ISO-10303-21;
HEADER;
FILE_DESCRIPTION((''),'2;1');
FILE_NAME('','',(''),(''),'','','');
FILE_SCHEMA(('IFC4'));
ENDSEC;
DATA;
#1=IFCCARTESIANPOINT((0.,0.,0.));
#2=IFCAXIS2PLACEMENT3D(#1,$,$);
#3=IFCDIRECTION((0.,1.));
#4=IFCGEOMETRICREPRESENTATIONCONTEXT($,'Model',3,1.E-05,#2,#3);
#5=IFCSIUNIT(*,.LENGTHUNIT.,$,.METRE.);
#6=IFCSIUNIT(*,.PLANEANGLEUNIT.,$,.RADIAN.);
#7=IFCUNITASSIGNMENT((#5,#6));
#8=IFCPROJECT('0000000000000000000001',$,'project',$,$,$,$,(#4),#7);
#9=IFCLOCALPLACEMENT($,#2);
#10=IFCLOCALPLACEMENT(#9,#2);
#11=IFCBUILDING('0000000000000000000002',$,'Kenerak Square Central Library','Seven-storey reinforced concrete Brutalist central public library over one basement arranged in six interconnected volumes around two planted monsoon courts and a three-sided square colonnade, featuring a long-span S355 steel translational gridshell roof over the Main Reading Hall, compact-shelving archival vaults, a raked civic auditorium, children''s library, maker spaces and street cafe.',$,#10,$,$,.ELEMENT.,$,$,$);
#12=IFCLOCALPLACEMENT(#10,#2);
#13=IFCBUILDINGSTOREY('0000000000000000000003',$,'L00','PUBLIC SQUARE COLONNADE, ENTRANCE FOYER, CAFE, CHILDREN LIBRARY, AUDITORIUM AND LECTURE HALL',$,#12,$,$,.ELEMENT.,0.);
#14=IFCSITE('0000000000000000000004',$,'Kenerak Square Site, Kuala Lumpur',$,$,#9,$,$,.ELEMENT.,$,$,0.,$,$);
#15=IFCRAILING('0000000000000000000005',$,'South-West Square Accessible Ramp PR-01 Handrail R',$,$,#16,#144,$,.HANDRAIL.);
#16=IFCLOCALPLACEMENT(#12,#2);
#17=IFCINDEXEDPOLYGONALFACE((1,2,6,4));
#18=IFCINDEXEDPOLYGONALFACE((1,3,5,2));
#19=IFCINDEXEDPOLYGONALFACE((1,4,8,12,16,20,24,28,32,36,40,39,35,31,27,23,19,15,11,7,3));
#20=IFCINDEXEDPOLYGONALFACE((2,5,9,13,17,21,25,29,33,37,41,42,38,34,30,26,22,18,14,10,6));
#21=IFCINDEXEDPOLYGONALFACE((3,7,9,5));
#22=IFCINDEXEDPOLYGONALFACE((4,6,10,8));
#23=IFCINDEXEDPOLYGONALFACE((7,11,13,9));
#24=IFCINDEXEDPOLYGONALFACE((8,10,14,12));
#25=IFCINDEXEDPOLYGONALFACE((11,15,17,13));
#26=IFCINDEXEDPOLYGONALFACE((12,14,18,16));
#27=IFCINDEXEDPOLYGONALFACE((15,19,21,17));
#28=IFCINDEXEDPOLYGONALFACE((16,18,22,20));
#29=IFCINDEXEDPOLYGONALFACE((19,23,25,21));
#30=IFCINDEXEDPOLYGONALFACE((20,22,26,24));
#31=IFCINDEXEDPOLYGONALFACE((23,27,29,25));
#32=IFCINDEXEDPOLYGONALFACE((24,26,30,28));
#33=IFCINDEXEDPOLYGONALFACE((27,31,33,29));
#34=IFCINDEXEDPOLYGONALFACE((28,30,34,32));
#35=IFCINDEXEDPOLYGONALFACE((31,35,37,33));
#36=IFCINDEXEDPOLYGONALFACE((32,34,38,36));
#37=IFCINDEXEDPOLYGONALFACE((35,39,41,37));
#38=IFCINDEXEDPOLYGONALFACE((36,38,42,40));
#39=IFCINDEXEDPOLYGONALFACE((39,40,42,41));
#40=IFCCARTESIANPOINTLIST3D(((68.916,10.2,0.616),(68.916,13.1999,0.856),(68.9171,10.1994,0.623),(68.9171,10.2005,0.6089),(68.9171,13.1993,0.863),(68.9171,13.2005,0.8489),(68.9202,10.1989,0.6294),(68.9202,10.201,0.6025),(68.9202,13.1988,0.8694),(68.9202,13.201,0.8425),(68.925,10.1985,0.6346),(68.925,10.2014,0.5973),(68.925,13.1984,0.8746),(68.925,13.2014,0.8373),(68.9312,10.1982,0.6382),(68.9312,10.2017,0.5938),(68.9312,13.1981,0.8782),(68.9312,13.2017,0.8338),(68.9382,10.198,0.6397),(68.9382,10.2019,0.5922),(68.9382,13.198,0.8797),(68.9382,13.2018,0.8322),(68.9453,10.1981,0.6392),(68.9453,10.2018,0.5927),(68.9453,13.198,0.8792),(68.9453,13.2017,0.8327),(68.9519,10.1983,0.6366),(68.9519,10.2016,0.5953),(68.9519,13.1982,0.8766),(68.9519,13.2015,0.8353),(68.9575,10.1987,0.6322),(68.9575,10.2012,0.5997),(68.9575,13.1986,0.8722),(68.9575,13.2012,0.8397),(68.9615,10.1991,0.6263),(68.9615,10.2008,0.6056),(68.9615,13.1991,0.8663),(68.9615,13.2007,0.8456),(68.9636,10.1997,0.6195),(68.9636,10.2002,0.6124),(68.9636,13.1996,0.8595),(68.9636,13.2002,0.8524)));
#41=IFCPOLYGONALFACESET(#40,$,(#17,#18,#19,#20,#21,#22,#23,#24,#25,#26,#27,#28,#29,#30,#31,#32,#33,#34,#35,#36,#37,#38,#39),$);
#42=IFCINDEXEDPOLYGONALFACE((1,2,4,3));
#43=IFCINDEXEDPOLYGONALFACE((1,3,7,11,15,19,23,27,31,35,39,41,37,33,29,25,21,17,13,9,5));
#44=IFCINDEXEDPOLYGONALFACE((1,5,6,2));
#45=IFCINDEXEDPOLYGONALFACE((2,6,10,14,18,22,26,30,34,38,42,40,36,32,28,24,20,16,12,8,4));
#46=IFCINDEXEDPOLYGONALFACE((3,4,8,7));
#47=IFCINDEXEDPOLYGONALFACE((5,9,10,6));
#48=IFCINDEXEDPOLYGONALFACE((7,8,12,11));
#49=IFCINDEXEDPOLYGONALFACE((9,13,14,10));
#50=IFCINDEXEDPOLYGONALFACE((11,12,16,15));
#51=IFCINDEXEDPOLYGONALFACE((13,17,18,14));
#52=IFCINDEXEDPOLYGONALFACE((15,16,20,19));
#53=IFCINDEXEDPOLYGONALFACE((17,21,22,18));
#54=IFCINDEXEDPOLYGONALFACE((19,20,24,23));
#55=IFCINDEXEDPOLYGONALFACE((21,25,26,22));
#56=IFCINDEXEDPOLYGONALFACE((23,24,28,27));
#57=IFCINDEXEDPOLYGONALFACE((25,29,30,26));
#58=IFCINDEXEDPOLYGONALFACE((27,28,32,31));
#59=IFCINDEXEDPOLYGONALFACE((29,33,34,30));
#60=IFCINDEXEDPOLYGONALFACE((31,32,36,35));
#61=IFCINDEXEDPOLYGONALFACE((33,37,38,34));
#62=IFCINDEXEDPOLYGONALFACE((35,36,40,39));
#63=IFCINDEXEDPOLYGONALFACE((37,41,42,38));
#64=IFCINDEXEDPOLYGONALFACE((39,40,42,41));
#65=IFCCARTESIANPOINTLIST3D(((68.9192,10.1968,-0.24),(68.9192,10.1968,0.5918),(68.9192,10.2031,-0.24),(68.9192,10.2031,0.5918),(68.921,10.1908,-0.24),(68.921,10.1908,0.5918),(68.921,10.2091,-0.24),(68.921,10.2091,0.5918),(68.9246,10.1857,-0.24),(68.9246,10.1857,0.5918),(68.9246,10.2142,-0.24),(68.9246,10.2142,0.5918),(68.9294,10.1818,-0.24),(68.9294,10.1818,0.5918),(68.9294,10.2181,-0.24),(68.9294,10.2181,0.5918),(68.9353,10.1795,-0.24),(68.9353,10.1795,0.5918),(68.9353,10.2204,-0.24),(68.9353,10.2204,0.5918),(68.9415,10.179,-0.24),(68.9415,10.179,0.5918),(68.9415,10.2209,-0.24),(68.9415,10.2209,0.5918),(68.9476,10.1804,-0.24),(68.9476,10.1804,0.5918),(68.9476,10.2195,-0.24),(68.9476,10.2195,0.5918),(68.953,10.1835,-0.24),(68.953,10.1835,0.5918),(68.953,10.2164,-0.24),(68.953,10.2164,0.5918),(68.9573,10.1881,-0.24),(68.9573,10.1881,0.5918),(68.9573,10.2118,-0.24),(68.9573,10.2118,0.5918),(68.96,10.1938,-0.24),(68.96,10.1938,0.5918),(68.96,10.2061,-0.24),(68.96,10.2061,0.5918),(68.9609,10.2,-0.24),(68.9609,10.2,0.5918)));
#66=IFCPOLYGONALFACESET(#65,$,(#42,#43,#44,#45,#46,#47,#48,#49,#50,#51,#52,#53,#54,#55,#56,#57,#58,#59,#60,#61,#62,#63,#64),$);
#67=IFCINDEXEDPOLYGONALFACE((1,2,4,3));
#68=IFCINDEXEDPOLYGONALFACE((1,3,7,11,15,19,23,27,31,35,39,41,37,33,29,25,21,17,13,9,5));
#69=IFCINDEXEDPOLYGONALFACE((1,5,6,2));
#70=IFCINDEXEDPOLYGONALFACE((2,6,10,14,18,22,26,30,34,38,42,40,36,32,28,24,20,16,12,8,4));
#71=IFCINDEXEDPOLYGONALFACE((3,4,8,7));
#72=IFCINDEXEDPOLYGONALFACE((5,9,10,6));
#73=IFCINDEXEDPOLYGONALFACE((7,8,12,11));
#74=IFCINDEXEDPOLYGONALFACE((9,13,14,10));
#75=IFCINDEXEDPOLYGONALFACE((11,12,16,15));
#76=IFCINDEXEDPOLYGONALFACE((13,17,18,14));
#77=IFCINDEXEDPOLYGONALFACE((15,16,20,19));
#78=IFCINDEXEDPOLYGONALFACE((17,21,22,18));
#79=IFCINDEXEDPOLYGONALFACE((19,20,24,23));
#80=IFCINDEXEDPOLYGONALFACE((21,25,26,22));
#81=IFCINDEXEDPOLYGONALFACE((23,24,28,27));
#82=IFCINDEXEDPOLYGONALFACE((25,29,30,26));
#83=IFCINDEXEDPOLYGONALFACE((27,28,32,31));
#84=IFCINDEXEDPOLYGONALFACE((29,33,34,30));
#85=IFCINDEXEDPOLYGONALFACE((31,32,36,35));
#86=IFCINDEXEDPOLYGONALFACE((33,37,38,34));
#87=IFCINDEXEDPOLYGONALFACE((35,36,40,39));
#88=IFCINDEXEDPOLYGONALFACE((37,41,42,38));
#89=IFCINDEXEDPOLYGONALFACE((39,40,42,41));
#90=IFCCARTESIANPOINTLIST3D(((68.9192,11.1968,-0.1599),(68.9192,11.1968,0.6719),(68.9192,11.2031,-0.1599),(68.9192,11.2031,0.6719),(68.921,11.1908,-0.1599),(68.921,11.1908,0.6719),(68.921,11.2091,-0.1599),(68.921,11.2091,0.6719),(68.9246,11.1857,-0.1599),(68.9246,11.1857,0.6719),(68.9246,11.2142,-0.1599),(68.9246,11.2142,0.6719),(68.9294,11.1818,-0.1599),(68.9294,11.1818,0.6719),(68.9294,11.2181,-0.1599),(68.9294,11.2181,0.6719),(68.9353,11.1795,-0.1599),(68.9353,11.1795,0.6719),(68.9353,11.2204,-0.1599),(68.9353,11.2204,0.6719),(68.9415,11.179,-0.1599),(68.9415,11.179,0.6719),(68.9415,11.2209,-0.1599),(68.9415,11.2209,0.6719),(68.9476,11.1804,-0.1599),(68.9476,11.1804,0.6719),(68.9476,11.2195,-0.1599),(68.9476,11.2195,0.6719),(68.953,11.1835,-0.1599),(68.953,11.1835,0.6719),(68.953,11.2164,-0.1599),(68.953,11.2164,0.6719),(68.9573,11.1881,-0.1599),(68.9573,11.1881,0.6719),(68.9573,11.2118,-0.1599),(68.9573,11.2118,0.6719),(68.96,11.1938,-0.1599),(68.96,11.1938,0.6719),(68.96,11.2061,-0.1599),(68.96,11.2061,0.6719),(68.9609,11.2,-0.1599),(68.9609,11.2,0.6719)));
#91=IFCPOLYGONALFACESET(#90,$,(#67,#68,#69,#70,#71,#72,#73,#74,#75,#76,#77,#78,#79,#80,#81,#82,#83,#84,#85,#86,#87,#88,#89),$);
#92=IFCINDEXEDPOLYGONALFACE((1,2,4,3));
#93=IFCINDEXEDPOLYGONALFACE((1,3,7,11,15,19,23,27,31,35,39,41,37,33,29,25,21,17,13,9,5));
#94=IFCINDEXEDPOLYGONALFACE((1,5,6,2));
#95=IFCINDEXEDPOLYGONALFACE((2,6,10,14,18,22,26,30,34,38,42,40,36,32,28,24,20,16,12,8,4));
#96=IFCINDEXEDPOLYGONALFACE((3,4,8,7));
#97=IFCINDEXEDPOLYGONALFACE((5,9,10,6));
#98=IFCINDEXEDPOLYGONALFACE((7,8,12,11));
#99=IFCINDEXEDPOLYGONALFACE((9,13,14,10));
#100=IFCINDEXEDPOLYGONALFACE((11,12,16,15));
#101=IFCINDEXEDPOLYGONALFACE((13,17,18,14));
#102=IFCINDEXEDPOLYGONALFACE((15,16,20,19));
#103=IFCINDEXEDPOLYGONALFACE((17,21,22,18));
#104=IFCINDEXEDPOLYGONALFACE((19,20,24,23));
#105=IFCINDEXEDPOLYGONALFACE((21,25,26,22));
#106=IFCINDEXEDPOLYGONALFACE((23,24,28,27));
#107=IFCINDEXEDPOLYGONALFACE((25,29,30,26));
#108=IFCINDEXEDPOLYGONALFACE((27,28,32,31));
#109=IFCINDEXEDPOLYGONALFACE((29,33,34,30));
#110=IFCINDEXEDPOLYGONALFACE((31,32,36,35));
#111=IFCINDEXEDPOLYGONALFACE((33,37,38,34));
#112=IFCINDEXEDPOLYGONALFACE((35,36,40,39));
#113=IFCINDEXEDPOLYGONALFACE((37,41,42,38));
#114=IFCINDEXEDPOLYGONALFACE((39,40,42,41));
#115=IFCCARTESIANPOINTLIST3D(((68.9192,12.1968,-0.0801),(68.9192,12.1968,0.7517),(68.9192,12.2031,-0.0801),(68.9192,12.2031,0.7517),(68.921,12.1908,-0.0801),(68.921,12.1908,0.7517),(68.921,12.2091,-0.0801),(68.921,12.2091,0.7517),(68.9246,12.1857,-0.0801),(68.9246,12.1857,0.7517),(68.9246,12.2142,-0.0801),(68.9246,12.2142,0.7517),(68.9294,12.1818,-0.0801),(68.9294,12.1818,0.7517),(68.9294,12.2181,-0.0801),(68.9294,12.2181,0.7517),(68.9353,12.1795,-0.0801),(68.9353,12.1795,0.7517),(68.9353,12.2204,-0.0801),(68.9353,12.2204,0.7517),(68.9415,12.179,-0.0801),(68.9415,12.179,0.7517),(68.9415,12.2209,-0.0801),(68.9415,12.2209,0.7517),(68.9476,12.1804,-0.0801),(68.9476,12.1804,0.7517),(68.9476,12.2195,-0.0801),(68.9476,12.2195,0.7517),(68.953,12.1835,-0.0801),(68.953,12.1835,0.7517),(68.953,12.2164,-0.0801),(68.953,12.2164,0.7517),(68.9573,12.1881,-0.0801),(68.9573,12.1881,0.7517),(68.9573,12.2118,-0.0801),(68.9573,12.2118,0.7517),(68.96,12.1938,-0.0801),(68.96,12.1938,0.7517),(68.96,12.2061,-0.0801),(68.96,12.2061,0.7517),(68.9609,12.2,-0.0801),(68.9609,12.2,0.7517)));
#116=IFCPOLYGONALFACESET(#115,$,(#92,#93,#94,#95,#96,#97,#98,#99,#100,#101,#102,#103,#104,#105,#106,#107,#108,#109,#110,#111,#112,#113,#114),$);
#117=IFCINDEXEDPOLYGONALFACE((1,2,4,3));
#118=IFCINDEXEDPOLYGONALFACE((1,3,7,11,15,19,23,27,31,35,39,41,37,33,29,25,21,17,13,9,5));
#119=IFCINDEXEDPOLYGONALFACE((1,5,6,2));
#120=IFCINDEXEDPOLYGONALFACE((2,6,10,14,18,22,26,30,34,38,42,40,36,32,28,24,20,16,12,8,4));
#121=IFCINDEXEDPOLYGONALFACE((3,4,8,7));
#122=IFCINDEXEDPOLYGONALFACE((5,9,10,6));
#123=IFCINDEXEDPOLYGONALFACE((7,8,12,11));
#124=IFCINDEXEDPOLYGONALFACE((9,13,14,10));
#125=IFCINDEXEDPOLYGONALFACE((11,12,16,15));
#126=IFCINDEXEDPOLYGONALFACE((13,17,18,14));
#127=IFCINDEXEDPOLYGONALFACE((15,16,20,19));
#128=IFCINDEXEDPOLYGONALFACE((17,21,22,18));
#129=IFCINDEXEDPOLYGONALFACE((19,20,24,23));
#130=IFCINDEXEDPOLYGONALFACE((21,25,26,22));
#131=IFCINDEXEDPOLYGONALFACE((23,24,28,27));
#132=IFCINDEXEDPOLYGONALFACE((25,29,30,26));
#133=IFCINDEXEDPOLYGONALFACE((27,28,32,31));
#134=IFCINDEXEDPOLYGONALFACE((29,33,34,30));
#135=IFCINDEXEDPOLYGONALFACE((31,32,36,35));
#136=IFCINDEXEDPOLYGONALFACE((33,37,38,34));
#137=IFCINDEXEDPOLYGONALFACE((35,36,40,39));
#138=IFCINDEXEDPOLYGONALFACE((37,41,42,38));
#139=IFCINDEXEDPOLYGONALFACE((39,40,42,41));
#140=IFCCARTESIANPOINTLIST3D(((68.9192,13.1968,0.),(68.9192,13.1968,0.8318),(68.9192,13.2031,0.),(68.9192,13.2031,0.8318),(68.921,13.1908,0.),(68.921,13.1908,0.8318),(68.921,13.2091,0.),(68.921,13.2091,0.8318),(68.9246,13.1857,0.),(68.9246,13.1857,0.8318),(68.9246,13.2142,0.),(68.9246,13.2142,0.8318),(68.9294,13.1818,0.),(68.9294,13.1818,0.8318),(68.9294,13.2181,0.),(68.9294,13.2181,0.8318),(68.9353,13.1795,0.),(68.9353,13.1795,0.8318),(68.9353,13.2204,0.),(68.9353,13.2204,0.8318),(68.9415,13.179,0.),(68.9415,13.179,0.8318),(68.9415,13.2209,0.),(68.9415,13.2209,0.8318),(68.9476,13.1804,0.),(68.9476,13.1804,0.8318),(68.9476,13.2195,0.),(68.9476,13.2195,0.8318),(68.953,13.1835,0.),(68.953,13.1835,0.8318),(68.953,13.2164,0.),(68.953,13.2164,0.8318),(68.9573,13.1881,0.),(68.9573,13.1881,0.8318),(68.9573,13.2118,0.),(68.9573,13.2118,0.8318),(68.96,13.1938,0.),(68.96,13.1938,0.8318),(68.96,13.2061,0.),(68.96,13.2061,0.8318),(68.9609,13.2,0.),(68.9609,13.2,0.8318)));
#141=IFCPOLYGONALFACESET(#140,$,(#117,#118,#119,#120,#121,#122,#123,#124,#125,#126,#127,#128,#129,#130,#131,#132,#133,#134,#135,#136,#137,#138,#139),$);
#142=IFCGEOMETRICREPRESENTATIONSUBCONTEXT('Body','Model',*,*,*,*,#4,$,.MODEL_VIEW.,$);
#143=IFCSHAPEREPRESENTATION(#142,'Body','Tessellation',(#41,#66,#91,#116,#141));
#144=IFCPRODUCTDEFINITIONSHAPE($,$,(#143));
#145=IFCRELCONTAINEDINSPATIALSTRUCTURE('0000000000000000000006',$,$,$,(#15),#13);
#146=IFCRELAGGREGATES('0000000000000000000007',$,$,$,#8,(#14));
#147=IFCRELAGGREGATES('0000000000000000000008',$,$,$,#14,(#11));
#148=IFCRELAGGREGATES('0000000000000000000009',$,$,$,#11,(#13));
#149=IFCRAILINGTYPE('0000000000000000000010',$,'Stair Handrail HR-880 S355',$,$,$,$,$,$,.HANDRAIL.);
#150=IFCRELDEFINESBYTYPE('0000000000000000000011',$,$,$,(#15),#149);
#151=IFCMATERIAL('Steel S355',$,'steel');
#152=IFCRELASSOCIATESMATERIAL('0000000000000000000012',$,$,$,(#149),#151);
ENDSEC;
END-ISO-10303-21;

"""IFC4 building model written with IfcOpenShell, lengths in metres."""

from ifc_helpers import new_model, si_unit, direction, frame, origin, origin_2d, place, context, subcontext, project, spatial, circle, extrude, material, type_object, element, save


model = new_model("IFC4")

# Units and contexts
model_context = context("Model", 3, precision=1e-05, world=origin(), true_north=direction((0.0, 1.0)))
body_context = subcontext(model_context, "Body", "Model", "MODEL_VIEW")
ifc_project = project(units=[si_unit("LENGTHUNIT", "METRE"), si_unit("PLANEANGLEUNIT", "RADIAN")], contexts=[model_context])

# Site, building, storey
site_placement = place(None, origin())
site = spatial("IfcSite", under=ifc_project, at=site_placement, Name="Kenerak Square Site, Kuala Lumpur", CompositionType="ELEMENT", RefElevation=0.0)
building_placement = place(site_placement, origin())
building = spatial("IfcBuilding", under=site, at=building_placement, Name="Kenerak Square Central Library", Description="Seven-storey reinforced concrete Brutalist central public library over one basement arranged in six interconnected volumes around two planted monsoon courts and a three-sided square colonnade, featuring a long-span S355 steel translational gridshell roof over the Main Reading Hall, compact-shelving archival vaults, a raked civic auditorium, children's library, maker spaces and street cafe.", CompositionType="ELEMENT")
storey_placement = place(building_placement, origin())
storey = spatial("IfcBuildingStorey", under=building, at=storey_placement, Name="L00", Description="PUBLIC SQUARE COLONNADE, ENTRANCE FOYER, CAFE, CHILDREN LIBRARY, AUDITORIUM AND LECTURE HALL", CompositionType="ELEMENT", Elevation=0.0)

# Shared definitions
ifc_material_1 = material(Name="Steel S355", Category="steel")

# Railing
railing_type_1 = type_object("IfcRailingType", Name="Stair Handrail HR-880 S355", PredefinedType="HANDRAIL", material=ifc_material_1)
for number, where, name in (
    (1, (68.9399, 10.2, -0.24), "South-West Square Accessible Ramp PR-01 Handrail R"),
):
    element("IfcRailing", number, at=place(storey_placement, frame(where)), inside=storey, type_object=railing_type_1, Name=name, PredefinedType="HANDRAIL", context=body_context, shape_type="SweptSolid", body=[
        extrude(circle(Radius=0.0239, at=origin_2d()), frame((0.0, 0.0, 0.856), z_axis=(0.0, 0.996816, 0.079742), x_axis=(-1.0, 0.0, 0.0)), (0.0, 0.0, 1.0), 3.0095),
        extrude(circle(Radius=0.021, at=origin_2d()), origin(), (0.0, 0.0, 1.0), 0.8318),
        extrude(circle(Radius=0.021, at=origin_2d()), frame((0.0, 1.0, 0.0801)), (0.0, 0.0, 1.0), 0.8318),
        extrude(circle(Radius=0.021, at=origin_2d()), frame((0.0, 2.0, 0.1599)), (0.0, 0.0, 1.0), 0.8318),
        extrude(circle(Radius=0.021, at=origin_2d()), frame((0.0, 3.0, 0.24)), (0.0, 0.0, 1.0), 0.8318),
    ])

save(model, "model.ifc")
